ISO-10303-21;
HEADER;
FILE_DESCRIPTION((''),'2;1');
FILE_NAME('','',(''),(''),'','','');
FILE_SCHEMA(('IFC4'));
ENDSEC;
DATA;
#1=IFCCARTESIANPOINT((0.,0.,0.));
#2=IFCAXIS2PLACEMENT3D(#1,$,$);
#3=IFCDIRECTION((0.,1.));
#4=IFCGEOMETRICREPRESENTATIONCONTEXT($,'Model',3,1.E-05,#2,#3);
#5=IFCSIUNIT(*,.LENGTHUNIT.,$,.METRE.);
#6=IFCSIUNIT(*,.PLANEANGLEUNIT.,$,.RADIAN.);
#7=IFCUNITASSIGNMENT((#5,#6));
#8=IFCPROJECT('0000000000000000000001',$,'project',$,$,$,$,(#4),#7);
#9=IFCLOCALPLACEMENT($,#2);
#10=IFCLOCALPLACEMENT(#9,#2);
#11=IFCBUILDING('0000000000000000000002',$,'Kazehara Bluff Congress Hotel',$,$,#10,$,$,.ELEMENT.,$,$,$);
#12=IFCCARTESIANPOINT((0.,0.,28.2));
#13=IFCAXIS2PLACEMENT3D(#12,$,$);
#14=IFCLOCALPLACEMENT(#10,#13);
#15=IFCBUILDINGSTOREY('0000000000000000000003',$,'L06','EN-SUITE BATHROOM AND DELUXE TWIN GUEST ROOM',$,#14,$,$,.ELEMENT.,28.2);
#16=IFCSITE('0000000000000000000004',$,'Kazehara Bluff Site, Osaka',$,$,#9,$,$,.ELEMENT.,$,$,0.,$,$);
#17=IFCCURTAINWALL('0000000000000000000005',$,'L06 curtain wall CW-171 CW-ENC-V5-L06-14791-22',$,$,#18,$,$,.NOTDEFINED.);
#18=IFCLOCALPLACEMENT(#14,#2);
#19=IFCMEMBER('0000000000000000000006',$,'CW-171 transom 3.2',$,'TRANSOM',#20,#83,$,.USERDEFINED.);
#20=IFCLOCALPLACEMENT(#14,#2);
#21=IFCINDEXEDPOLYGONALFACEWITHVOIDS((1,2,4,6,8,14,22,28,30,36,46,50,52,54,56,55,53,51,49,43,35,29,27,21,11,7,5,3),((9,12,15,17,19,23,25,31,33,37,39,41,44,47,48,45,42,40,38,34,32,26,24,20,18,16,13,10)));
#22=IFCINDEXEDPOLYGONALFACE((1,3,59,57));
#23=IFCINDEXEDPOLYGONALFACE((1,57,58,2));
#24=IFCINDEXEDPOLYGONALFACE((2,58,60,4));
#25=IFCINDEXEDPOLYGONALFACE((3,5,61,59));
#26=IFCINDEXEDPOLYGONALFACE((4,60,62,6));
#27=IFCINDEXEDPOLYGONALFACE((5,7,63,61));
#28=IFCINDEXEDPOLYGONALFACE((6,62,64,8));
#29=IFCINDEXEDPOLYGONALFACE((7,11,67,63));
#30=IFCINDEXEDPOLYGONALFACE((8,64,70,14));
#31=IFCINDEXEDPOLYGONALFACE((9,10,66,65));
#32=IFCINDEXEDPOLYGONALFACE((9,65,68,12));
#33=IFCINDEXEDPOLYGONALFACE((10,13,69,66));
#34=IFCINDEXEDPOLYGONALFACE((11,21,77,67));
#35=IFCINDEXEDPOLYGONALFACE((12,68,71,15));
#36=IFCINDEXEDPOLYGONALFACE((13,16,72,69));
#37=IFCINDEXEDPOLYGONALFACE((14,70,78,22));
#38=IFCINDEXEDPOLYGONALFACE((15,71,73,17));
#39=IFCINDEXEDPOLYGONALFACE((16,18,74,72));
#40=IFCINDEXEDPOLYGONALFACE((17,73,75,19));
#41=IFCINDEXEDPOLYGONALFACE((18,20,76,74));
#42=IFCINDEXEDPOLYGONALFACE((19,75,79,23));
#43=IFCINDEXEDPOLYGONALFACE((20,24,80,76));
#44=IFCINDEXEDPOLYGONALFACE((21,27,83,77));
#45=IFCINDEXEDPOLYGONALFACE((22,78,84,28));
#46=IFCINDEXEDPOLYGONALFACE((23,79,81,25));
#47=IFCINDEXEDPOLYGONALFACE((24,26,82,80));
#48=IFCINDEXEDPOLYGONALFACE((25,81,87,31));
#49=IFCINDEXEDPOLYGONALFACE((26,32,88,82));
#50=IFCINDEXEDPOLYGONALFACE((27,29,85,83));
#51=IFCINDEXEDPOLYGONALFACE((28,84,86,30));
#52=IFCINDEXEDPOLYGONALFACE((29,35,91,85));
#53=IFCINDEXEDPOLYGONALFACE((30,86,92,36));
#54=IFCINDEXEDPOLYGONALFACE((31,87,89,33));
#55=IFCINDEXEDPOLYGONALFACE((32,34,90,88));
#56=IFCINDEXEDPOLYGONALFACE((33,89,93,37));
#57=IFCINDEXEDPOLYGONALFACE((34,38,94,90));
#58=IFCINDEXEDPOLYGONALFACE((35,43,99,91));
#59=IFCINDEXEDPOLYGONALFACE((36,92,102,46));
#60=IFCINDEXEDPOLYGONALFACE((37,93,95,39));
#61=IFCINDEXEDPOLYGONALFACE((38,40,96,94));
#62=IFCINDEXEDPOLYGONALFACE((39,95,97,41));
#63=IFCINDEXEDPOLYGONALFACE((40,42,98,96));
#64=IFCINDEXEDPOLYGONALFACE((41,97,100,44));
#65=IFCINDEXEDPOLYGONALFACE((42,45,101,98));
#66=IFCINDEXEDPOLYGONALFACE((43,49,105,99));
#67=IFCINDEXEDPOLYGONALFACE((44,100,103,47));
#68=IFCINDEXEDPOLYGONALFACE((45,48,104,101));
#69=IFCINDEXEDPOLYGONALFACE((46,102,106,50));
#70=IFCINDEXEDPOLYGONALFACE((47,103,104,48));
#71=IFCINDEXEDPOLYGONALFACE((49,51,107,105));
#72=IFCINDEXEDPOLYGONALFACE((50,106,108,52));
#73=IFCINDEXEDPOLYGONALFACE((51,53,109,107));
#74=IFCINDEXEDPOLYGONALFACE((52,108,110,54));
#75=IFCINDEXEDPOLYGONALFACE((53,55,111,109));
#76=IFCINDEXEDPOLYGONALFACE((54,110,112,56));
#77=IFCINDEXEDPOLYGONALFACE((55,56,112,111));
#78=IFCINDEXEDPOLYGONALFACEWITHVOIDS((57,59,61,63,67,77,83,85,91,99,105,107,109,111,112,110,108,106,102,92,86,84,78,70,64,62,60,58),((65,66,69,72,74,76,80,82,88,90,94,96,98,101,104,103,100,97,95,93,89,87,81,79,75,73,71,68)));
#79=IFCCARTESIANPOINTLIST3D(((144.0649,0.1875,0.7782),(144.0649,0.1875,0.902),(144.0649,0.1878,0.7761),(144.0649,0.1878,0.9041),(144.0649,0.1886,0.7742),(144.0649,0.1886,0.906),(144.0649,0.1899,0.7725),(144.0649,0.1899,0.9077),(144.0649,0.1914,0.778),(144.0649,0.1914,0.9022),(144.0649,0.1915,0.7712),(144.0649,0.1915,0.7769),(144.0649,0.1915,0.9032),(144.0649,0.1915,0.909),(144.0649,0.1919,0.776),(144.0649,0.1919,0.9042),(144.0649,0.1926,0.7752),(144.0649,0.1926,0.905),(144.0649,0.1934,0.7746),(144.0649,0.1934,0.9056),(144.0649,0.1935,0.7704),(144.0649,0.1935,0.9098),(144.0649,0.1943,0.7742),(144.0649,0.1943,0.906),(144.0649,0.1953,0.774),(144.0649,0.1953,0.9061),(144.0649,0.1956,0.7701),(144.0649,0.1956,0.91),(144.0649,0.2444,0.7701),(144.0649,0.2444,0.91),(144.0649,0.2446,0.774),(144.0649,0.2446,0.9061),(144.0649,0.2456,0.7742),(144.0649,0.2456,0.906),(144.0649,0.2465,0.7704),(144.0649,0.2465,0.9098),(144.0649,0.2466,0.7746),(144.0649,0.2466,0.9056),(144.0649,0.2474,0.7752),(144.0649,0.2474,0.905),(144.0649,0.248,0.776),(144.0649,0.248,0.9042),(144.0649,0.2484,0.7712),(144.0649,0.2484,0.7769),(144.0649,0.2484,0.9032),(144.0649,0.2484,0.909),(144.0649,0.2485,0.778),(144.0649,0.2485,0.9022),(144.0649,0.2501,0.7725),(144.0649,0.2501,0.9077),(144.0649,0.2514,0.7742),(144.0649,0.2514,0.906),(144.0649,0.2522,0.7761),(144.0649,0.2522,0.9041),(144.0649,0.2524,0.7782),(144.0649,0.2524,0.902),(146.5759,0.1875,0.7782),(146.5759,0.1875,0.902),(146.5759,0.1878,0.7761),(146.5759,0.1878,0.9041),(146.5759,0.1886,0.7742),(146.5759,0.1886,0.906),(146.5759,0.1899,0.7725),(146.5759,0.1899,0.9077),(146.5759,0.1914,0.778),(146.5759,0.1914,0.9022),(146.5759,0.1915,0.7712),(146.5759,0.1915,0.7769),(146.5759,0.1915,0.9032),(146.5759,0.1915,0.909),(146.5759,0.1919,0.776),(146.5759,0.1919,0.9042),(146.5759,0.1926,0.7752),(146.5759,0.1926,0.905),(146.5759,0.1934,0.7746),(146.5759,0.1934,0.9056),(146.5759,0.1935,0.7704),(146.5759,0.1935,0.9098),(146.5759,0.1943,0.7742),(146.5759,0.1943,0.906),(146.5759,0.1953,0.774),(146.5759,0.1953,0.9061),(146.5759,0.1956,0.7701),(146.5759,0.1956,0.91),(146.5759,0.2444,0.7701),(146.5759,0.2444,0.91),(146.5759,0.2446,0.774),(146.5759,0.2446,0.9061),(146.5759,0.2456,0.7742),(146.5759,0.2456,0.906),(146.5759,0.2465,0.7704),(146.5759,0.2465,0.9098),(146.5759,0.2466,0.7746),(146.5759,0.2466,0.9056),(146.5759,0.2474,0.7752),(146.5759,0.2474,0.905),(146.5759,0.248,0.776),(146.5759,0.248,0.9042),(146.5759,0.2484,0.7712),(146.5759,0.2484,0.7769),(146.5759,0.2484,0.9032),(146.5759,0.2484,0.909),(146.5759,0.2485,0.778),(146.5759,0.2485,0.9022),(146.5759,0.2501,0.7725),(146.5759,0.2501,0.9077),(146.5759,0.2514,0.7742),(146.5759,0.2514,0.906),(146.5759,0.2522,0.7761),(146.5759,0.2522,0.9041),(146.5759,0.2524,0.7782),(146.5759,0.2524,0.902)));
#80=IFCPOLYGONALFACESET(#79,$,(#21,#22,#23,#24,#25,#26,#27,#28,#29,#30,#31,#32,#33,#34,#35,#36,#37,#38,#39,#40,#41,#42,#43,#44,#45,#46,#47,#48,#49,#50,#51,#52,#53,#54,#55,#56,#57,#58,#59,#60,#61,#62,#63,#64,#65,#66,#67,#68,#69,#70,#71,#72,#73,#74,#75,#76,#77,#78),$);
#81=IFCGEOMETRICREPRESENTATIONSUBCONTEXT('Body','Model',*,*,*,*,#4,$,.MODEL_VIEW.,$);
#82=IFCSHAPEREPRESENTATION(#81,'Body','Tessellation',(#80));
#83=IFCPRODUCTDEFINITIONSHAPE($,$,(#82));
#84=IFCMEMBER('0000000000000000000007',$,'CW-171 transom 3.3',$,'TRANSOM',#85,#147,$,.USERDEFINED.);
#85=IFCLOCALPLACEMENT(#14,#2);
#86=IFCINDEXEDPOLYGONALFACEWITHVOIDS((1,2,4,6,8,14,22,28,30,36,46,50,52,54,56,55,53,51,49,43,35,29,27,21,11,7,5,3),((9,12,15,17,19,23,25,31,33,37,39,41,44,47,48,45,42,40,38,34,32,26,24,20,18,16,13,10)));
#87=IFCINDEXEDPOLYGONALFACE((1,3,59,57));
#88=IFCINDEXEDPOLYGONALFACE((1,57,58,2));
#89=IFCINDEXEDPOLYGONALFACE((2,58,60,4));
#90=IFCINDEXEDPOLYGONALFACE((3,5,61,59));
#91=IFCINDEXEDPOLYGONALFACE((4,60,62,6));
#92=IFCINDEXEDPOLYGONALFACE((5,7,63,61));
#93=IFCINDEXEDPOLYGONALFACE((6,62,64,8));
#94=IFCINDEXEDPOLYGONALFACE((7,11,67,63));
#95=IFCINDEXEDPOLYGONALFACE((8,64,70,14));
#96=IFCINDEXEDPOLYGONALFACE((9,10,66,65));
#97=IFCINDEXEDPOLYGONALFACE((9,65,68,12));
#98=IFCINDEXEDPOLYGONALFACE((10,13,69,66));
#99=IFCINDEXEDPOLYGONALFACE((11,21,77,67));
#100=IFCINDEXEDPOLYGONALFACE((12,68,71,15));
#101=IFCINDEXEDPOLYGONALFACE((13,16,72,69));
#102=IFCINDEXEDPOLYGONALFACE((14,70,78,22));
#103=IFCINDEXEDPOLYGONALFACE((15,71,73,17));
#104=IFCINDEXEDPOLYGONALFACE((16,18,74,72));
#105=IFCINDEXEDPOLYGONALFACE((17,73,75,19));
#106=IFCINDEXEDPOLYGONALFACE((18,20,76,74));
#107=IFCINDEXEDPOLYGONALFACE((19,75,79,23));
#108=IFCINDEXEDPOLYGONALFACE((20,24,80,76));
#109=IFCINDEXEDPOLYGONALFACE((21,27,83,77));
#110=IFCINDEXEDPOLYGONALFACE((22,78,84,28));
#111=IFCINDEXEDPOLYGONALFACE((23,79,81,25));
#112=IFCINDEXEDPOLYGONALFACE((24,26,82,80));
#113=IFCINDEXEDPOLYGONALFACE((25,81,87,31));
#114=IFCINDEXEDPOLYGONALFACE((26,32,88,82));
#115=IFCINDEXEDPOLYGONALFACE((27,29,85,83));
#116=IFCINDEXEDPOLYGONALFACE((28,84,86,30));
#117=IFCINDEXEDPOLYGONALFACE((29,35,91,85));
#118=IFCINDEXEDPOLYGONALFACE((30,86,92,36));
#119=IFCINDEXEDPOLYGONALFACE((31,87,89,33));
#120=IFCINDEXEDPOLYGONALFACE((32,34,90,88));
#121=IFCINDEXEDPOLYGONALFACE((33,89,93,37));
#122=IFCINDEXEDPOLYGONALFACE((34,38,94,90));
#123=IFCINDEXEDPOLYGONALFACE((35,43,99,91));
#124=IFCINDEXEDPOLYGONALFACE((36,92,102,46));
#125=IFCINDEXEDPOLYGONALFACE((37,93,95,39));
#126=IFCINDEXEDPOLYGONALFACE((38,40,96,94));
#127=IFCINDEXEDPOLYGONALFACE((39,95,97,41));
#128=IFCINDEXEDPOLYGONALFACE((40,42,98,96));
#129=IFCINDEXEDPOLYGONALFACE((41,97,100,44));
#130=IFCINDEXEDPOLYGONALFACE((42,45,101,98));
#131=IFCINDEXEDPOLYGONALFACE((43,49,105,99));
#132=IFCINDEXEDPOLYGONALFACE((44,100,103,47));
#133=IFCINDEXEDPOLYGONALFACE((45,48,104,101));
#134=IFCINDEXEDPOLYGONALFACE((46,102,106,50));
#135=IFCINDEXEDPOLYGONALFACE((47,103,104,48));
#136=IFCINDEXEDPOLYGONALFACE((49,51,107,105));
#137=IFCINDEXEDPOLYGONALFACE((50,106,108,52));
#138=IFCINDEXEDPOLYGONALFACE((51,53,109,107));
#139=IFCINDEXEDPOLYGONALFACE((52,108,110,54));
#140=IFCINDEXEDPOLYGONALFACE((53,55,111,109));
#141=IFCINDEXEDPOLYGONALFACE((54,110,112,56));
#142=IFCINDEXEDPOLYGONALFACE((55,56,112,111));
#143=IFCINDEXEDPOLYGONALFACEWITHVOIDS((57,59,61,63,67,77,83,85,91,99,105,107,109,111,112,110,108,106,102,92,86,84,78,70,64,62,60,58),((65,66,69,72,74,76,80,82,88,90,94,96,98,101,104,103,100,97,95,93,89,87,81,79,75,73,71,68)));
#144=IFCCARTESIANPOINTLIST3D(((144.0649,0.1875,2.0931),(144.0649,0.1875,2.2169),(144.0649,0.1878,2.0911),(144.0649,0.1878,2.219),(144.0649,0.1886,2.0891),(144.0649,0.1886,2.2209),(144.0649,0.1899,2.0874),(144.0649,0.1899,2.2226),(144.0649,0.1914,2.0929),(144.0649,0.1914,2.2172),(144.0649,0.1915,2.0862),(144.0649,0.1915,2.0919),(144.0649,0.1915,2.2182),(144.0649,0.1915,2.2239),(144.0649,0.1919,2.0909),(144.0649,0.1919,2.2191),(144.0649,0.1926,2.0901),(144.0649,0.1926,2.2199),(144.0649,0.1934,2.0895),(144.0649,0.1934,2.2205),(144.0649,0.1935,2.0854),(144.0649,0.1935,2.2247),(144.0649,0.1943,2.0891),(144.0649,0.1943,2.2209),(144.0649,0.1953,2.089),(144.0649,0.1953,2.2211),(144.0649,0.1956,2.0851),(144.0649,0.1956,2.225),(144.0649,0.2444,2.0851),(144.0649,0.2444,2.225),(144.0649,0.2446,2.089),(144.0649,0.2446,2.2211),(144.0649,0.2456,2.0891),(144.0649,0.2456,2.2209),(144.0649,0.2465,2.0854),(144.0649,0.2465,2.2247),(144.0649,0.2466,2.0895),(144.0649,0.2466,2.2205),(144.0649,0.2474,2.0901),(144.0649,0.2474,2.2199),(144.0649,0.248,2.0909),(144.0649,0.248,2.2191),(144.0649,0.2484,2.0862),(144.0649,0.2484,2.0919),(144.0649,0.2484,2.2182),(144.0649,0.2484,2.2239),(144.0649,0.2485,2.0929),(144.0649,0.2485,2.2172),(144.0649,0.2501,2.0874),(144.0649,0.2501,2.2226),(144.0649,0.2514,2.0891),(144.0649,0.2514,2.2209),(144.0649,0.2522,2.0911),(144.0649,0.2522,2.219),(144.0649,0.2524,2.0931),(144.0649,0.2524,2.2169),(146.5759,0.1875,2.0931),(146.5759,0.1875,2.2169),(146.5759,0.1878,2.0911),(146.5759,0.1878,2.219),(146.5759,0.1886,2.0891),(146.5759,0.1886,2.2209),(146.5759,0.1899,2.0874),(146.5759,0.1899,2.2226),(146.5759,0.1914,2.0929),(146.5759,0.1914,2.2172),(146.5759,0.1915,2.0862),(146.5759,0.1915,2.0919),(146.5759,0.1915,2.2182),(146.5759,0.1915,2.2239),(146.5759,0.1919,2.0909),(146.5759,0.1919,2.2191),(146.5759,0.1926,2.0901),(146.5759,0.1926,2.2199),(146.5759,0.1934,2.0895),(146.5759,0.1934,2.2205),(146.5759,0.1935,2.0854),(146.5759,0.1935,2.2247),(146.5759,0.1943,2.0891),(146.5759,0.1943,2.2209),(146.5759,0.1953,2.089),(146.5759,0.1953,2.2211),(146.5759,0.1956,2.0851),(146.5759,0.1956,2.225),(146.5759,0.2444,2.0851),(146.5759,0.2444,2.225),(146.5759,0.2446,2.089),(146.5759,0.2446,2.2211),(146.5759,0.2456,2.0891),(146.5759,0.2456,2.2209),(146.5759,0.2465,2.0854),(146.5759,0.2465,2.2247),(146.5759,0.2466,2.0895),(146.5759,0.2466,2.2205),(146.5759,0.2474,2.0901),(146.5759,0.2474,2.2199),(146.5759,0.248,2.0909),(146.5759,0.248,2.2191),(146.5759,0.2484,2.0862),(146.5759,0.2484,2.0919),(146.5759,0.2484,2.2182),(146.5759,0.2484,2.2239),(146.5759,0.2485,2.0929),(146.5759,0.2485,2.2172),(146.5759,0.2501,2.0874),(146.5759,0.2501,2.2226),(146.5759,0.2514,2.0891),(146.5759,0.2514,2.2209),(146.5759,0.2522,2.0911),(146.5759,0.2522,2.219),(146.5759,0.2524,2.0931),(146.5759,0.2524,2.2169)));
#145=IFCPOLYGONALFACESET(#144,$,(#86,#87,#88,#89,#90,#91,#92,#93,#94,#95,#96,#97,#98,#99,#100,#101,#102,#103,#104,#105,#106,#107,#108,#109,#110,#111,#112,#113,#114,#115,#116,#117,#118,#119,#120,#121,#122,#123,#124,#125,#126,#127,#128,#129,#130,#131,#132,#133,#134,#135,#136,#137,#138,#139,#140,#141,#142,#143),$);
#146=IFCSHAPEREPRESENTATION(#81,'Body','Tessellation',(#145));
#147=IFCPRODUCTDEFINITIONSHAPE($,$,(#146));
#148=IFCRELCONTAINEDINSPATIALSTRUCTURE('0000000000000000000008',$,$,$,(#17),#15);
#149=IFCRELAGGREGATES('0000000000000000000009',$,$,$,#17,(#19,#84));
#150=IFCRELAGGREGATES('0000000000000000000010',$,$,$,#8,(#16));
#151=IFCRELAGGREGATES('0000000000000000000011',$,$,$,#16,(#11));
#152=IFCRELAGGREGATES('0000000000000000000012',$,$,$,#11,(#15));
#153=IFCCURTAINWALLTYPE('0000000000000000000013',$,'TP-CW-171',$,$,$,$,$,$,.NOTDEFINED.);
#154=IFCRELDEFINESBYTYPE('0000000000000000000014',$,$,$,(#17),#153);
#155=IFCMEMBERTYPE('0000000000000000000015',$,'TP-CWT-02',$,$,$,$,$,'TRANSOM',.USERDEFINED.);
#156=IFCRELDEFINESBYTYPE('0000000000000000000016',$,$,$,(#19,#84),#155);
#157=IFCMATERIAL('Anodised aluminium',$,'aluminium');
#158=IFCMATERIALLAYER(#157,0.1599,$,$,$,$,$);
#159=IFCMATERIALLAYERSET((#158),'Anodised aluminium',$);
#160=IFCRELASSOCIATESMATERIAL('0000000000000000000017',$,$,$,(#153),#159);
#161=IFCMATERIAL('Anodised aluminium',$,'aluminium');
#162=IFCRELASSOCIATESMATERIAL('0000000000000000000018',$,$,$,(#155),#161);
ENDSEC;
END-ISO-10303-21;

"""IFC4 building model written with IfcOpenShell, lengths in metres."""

from ifc_helpers import new_model, si_unit, direction, frame, origin, origin_2d, place, context, subcontext, project, spatial, hollow_rectangle, extrude, material, layer, layer_set, material_profile, profile_set, type_object, element, aggregate, save


model = new_model("IFC4")

# Units and contexts
model_context = context("Model", 3, precision=1e-05, world=origin(), true_north=direction((0.0, 1.0)))
body_context = subcontext(model_context, "Body", "Model", "MODEL_VIEW")
ifc_project = project(units=[si_unit("LENGTHUNIT", "METRE"), si_unit("PLANEANGLEUNIT", "RADIAN")], contexts=[model_context])

# Site, building, storey
site_placement = place(None, origin())
site = spatial("IfcSite", under=ifc_project, at=site_placement, Name="Kazehara Bluff Site, Osaka", CompositionType="ELEMENT", RefElevation=0.0)
building_placement = place(site_placement, origin())
building = spatial("IfcBuilding", under=site, at=building_placement, Name="Kazehara Bluff Congress Hotel", CompositionType="ELEMENT")
storey_placement = place(building_placement, frame((0.0, 0.0, 28.2)))
storey = spatial("IfcBuildingStorey", under=building, at=storey_placement, Name="L06", Description="EN-SUITE BATHROOM AND DELUXE TWIN GUEST ROOM", CompositionType="ELEMENT", Elevation=28.2)

# Curtain wall, members
ifc_material_1 = material(Name="Anodised aluminium", Category="aluminium")
ifc_layer_1 = layer(ifc_material_1, 0.1599)
ifc_layer_set_1 = layer_set([ifc_layer_1], Name="Anodised aluminium")
curtain_wall_type = type_object("IfcCurtainWallType", Name="TP-CW-171", PredefinedType="NOTDEFINED", material=ifc_layer_set_1)
curtain_wall_placement = place(storey_placement, origin())
curtain_wall = element("IfcCurtainWall", 1, at=curtain_wall_placement, inside=storey, type_object=curtain_wall_type, Name="L06 curtain wall CW-171 CW-ENC-V5-L06-14791-22", PredefinedType="NOTDEFINED")
ifc_material_2 = material(Name="Anodised aluminium", Category="aluminium")
ifc_material_profile_1 = material_profile(ifc_material_2, hollow_rectangle(XDim=0.0649, YDim=0.1399, WallThickness=0.0039, InnerFilletRadius=0.0039, OuterFilletRadius=0.0081, at=origin_2d()))
ifc_profile_set_1 = profile_set([ifc_material_profile_1], Name="Anodised aluminium")
member_type_1 = type_object("IfcMemberType", Name="TP-CWT-02", ElementType="TRANSOM", PredefinedType="USERDEFINED", material=ifc_profile_set_1)
member_1_placement = place(storey_placement, frame((146.5759, 0.22, 0.8401), z_axis=(-1.0, 0.0, 0.0), x_axis=(0.0, -1.0, 0.0)))
member_1 = element("IfcMember", 2, at=member_1_placement, type_object=member_type_1, Name="CW-171 transom 3.2", ObjectType="TRANSOM", PredefinedType="USERDEFINED", context=body_context, shape_type="SweptSolid", body=[
    extrude(hollow_rectangle(XDim=0.0649, YDim=0.1399, WallThickness=0.0039, InnerFilletRadius=0.0039, OuterFilletRadius=0.0081, at=origin_2d()), origin(), (0.0, 0.0, 1.0), 2.511),
])
member_2_placement = place(storey_placement, frame((146.5759, 0.22, 2.155), z_axis=(-1.0, 0.0, 0.0), x_axis=(0.0, -1.0, 0.0)))
member_2 = element("IfcMember", 3, at=member_2_placement, type_object=member_type_1, Name="CW-171 transom 3.3", ObjectType="TRANSOM", PredefinedType="USERDEFINED", context=body_context, shape_type="SweptSolid", body=[
    extrude(hollow_rectangle(XDim=0.0649, YDim=0.1399, WallThickness=0.0039, InnerFilletRadius=0.0039, OuterFilletRadius=0.0081, at=origin_2d()), origin(), (0.0, 0.0, 1.0), 2.511),
])
aggregate(curtain_wall, [member_1, member_2])

save(model, "model.ifc")
